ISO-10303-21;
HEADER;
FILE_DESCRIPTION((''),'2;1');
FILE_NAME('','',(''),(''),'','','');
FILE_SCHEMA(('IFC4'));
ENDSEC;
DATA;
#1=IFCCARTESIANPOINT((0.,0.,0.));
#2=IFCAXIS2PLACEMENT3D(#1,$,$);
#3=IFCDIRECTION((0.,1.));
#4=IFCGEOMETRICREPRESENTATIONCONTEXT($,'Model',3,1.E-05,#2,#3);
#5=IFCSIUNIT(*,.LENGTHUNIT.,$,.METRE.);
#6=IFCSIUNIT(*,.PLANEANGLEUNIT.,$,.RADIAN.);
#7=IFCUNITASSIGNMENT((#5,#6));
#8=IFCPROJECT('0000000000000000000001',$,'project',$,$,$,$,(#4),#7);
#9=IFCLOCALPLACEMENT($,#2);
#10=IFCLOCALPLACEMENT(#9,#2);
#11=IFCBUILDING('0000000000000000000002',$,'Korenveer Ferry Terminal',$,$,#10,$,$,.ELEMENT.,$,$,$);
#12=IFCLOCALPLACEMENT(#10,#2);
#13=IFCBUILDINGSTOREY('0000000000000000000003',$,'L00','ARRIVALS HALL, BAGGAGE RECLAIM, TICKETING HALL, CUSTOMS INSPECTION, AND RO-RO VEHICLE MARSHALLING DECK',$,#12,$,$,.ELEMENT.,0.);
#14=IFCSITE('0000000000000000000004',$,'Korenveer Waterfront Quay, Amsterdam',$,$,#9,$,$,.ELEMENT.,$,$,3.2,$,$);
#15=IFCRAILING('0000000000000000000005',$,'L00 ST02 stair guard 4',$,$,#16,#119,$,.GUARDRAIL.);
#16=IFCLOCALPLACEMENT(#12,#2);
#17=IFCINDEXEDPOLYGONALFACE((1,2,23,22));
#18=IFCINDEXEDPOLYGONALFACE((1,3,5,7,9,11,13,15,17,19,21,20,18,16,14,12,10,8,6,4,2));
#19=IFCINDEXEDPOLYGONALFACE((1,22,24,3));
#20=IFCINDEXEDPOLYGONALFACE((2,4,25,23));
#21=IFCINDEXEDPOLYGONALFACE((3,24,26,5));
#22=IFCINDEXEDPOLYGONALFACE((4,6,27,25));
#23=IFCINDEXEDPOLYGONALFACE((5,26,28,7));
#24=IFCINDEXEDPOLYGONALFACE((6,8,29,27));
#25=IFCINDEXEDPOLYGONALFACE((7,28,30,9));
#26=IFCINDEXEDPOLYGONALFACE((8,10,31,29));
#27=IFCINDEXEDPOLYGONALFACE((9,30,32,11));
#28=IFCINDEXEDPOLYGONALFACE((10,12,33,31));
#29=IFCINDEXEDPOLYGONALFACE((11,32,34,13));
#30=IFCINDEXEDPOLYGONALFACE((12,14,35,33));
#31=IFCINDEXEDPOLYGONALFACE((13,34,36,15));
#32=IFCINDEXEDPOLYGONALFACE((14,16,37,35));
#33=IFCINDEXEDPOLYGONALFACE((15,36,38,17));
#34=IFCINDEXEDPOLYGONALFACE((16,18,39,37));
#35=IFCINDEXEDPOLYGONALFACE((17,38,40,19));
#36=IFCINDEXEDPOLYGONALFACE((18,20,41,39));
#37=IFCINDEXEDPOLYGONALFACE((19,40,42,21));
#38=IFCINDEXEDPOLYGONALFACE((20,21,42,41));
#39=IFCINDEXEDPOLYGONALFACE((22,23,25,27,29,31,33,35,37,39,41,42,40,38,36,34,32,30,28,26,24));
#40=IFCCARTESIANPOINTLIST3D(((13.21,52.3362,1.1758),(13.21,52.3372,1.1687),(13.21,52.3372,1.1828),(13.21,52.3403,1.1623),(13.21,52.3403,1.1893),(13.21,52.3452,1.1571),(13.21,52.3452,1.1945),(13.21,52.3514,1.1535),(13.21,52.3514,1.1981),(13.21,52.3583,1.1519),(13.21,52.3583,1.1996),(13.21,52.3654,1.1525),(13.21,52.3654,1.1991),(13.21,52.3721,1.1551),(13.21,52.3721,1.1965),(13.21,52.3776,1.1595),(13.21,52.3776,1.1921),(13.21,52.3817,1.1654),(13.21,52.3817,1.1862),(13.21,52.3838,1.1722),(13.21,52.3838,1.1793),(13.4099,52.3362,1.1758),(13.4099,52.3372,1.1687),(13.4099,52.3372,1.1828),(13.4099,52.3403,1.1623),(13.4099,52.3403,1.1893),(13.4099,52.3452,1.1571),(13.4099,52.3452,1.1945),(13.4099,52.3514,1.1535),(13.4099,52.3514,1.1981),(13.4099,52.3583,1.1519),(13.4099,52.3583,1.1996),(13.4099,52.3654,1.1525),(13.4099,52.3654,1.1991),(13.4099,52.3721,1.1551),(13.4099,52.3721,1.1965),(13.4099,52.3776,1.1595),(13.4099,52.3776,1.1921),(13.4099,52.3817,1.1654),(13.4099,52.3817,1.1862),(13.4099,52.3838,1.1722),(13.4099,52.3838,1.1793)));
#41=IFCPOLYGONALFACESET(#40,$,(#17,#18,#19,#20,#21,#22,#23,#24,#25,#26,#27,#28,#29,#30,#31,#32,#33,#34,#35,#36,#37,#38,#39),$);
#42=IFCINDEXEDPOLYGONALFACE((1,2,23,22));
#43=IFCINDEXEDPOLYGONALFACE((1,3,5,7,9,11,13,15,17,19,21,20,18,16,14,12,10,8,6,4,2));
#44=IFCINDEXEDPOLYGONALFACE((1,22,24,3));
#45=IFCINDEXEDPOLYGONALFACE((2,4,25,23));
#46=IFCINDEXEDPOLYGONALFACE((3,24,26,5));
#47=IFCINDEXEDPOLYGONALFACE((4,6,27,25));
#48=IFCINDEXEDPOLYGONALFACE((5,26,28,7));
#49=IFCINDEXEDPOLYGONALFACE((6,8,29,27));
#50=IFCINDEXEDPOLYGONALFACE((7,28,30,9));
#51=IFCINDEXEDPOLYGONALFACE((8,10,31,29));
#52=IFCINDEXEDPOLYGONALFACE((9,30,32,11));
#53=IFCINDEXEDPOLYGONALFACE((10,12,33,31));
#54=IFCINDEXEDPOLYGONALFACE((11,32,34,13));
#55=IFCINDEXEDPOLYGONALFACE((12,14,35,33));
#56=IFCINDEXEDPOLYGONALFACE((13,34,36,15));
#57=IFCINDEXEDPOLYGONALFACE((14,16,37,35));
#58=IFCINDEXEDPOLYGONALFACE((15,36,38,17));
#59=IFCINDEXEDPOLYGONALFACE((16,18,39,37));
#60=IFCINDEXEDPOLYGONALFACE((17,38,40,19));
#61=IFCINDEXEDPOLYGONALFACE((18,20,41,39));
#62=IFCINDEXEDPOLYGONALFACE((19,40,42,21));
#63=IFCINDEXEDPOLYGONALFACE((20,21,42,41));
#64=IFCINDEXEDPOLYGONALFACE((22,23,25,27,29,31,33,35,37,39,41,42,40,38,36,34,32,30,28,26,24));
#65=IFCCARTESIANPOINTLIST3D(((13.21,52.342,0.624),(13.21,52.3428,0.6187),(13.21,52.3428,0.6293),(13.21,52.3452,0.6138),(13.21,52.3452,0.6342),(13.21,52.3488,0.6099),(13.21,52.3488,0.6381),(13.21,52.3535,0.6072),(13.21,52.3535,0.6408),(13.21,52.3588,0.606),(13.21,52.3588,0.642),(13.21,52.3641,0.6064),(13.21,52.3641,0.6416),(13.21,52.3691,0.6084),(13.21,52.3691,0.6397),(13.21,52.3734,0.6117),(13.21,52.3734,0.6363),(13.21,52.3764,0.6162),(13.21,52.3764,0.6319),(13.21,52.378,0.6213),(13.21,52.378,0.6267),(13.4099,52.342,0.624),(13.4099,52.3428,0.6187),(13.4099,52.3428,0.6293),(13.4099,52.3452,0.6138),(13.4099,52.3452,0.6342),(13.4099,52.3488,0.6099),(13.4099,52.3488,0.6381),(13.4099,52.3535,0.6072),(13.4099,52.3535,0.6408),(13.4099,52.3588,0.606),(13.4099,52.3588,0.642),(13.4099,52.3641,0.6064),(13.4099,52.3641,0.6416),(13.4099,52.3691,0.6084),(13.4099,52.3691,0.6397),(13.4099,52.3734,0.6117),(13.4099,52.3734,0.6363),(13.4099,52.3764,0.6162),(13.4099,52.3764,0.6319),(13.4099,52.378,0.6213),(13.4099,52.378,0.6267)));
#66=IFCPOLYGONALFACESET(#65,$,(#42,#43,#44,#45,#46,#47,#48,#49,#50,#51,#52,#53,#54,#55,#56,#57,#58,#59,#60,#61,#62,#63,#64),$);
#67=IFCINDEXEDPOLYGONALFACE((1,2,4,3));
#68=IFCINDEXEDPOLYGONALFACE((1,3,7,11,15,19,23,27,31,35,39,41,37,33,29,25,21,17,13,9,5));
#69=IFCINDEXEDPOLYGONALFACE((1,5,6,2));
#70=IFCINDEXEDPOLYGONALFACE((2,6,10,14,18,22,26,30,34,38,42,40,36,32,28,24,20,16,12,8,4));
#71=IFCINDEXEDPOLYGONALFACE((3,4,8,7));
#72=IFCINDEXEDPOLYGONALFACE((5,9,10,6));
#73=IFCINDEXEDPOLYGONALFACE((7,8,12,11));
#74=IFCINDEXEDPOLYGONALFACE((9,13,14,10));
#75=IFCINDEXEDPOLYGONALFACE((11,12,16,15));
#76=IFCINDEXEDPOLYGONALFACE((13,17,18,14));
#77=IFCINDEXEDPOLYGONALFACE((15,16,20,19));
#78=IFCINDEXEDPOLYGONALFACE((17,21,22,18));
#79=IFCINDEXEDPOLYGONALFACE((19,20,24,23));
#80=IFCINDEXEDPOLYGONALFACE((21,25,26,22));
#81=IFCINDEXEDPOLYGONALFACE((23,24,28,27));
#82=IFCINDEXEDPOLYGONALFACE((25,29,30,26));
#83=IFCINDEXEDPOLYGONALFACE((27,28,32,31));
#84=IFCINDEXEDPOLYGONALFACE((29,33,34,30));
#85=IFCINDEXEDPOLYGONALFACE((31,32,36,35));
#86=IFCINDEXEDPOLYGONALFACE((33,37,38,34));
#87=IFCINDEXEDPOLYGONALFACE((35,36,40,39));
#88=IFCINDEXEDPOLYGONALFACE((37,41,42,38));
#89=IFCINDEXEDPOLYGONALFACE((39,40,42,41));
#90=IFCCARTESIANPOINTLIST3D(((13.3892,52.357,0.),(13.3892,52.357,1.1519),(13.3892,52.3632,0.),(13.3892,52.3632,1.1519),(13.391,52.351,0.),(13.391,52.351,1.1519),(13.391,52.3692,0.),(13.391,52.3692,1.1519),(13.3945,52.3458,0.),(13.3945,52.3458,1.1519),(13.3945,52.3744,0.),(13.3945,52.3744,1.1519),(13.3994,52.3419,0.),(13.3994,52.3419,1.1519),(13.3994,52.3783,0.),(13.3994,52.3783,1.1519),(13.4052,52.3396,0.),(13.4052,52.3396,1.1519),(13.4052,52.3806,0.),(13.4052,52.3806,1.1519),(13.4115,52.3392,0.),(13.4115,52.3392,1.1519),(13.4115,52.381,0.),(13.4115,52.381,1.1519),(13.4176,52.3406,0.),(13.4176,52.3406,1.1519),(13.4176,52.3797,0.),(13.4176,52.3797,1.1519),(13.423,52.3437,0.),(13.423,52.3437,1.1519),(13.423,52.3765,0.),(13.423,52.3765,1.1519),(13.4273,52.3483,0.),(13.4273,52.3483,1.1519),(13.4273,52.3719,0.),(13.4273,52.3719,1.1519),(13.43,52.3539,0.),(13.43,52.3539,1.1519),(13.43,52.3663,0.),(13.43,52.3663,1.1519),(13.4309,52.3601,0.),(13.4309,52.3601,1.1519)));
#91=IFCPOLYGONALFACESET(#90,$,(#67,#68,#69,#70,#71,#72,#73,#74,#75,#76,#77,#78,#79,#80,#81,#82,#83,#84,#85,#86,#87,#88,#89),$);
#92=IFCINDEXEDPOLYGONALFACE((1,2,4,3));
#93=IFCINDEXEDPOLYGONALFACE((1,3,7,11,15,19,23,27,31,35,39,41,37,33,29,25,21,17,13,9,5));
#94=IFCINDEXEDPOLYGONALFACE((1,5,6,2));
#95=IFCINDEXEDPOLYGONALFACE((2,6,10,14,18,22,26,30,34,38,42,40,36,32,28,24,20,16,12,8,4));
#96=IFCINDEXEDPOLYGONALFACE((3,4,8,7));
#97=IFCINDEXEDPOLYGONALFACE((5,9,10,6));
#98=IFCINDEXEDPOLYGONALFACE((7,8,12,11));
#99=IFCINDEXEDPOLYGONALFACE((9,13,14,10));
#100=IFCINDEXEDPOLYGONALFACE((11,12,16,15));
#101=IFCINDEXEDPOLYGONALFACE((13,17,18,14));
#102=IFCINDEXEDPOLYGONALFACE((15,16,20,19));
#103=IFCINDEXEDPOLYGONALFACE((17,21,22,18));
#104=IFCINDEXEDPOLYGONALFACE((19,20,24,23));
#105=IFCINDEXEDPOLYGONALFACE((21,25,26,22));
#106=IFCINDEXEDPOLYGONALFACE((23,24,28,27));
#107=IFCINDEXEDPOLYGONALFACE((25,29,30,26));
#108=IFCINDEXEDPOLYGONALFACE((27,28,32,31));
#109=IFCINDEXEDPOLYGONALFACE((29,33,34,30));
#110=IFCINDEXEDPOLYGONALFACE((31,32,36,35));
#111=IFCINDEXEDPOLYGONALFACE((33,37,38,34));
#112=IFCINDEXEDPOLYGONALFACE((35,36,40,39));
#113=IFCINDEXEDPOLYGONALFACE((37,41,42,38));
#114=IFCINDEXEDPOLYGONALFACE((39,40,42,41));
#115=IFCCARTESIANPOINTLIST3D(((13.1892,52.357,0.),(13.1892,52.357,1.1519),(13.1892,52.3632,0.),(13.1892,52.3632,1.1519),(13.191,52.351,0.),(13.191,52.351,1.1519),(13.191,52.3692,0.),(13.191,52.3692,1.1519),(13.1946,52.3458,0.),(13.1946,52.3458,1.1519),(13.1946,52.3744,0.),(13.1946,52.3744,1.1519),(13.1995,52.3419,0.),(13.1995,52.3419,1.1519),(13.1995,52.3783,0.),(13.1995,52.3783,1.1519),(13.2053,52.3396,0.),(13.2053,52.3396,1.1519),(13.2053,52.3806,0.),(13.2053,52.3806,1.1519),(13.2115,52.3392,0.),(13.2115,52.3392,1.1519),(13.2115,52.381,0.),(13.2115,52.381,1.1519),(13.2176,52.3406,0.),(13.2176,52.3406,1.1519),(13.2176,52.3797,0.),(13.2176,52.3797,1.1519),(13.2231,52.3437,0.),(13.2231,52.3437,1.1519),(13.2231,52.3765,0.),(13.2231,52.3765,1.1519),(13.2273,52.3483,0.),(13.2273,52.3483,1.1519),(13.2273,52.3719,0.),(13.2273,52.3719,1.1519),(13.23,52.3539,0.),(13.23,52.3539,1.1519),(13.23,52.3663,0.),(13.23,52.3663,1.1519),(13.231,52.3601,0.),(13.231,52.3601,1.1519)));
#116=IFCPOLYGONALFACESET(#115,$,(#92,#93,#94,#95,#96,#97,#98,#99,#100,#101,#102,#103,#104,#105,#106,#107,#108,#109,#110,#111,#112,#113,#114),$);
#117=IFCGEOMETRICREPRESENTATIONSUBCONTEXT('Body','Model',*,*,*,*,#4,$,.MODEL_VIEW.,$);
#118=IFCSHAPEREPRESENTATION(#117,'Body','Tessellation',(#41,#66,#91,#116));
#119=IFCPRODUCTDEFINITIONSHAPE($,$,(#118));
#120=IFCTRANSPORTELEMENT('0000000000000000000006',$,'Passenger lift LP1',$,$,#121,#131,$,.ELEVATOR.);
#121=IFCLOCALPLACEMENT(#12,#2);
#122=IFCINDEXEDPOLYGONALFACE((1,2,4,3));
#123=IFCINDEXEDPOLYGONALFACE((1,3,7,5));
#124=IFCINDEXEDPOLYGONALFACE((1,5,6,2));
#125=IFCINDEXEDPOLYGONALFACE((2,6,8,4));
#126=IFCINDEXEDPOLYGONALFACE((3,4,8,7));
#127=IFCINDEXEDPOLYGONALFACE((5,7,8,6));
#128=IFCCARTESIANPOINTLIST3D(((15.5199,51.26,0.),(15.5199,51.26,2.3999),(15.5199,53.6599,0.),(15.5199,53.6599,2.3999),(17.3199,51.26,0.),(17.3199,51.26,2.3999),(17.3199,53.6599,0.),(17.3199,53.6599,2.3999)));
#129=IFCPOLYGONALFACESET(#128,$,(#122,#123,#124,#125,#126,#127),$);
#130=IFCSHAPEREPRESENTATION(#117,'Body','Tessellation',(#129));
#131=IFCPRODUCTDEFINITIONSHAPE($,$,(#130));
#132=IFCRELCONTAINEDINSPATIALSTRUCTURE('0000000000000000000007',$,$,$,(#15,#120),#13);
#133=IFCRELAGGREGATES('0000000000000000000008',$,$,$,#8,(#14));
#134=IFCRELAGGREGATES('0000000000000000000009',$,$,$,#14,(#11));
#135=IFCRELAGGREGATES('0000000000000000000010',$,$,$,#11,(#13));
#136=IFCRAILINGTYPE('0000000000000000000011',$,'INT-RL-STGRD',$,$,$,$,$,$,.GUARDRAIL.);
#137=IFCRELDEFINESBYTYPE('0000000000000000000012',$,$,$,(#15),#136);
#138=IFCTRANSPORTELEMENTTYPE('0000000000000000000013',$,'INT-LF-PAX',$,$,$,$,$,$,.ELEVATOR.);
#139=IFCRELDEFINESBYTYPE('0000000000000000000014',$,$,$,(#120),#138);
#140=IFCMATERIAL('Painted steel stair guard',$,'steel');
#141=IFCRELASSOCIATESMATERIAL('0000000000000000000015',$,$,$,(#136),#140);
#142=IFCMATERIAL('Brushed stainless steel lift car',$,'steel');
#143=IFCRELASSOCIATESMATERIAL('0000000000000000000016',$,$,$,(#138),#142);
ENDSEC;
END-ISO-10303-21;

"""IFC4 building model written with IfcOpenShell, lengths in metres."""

from ifc_helpers import new_model, si_unit, direction, frame, origin, origin_2d, place, context, subcontext, project, spatial, rectangle, circle, extrude, material, type_object, element, save


model = new_model("IFC4")

# Units and contexts
model_context = context("Model", 3, precision=1e-05, world=origin(), true_north=direction((0.0, 1.0)))
body_context = subcontext(model_context, "Body", "Model", "MODEL_VIEW")
ifc_project = project(units=[si_unit("LENGTHUNIT", "METRE"), si_unit("PLANEANGLEUNIT", "RADIAN")], contexts=[model_context])

# Site, building, storey
site_placement = place(None, origin())
site = spatial("IfcSite", under=ifc_project, at=site_placement, Name="Korenveer Waterfront Quay, Amsterdam", CompositionType="ELEMENT", RefElevation=3.2)
building_placement = place(site_placement, origin())
building = spatial("IfcBuilding", under=site, at=building_placement, Name="Korenveer Ferry Terminal", CompositionType="ELEMENT")
storey_placement = place(building_placement, origin())
storey = spatial("IfcBuildingStorey", under=building, at=storey_placement, Name="L00", Description="ARRIVALS HALL, BAGGAGE RECLAIM, TICKETING HALL, CUSTOMS INSPECTION, AND RO-RO VEHICLE MARSHALLING DECK", CompositionType="ELEMENT", Elevation=0.0)

# Railing
ifc_material_1 = material(Name="Painted steel stair guard", Category="steel")
railing_type_1 = type_object("IfcRailingType", Name="INT-RL-STGRD", PredefinedType="GUARDRAIL", material=ifc_material_1)
railing_1_placement = place(storey_placement, frame((13.4099, 52.3601, 0.0)))
element("IfcRailing", 1, at=railing_1_placement, inside=storey, type_object=railing_type_1, Name="L00 ST02 stair guard 4", PredefinedType="GUARDRAIL", context=body_context, shape_type="SweptSolid", body=[
    extrude(circle(Radius=0.0239, at=origin_2d()), frame((0.0, 0.0, 1.1758), z_axis=(-1.0, 0.0, 0.0), x_axis=(0.0, -1.0, 0.0)), (0.0, 0.0, 1.0), 0.2),
    extrude(circle(Radius=0.0181, at=origin_2d()), frame((0.0, 0.0, 0.624), z_axis=(-1.0, 0.0, 0.0), x_axis=(0.0, -1.0, 0.0)), (0.0, 0.0, 1.0), 0.2),
    extrude(circle(Radius=0.021, at=origin_2d()), origin(), (0.0, 0.0, 1.0), 1.1519),
    extrude(circle(Radius=0.021, at=origin_2d()), frame((-0.2, 0.0, 0.0)), (0.0, 0.0, 1.0), 1.1519),
])

# Transport element
ifc_material_2 = material(Name="Brushed stainless steel lift car", Category="steel")
transport_element_type = type_object("IfcTransportElementType", Name="INT-LF-PAX", PredefinedType="ELEVATOR", material=ifc_material_2)
transport_element_placement = place(storey_placement, frame((16.4199, 52.46, 0.0), z_axis=(0.0, 0.0, 1.0), x_axis=(1.0, 0.0, 0.0)))
element("IfcTransportElement", 2, at=transport_element_placement, inside=storey, type_object=transport_element_type, Name="Passenger lift LP1", PredefinedType="ELEVATOR", context=body_context, shape_type="SweptSolid", body=[
    extrude(rectangle(XDim=1.8, YDim=2.3999, at=origin_2d()), origin(), (0.0, 0.0, 1.0), 2.3999),
])

save(model, "model.ifc")
